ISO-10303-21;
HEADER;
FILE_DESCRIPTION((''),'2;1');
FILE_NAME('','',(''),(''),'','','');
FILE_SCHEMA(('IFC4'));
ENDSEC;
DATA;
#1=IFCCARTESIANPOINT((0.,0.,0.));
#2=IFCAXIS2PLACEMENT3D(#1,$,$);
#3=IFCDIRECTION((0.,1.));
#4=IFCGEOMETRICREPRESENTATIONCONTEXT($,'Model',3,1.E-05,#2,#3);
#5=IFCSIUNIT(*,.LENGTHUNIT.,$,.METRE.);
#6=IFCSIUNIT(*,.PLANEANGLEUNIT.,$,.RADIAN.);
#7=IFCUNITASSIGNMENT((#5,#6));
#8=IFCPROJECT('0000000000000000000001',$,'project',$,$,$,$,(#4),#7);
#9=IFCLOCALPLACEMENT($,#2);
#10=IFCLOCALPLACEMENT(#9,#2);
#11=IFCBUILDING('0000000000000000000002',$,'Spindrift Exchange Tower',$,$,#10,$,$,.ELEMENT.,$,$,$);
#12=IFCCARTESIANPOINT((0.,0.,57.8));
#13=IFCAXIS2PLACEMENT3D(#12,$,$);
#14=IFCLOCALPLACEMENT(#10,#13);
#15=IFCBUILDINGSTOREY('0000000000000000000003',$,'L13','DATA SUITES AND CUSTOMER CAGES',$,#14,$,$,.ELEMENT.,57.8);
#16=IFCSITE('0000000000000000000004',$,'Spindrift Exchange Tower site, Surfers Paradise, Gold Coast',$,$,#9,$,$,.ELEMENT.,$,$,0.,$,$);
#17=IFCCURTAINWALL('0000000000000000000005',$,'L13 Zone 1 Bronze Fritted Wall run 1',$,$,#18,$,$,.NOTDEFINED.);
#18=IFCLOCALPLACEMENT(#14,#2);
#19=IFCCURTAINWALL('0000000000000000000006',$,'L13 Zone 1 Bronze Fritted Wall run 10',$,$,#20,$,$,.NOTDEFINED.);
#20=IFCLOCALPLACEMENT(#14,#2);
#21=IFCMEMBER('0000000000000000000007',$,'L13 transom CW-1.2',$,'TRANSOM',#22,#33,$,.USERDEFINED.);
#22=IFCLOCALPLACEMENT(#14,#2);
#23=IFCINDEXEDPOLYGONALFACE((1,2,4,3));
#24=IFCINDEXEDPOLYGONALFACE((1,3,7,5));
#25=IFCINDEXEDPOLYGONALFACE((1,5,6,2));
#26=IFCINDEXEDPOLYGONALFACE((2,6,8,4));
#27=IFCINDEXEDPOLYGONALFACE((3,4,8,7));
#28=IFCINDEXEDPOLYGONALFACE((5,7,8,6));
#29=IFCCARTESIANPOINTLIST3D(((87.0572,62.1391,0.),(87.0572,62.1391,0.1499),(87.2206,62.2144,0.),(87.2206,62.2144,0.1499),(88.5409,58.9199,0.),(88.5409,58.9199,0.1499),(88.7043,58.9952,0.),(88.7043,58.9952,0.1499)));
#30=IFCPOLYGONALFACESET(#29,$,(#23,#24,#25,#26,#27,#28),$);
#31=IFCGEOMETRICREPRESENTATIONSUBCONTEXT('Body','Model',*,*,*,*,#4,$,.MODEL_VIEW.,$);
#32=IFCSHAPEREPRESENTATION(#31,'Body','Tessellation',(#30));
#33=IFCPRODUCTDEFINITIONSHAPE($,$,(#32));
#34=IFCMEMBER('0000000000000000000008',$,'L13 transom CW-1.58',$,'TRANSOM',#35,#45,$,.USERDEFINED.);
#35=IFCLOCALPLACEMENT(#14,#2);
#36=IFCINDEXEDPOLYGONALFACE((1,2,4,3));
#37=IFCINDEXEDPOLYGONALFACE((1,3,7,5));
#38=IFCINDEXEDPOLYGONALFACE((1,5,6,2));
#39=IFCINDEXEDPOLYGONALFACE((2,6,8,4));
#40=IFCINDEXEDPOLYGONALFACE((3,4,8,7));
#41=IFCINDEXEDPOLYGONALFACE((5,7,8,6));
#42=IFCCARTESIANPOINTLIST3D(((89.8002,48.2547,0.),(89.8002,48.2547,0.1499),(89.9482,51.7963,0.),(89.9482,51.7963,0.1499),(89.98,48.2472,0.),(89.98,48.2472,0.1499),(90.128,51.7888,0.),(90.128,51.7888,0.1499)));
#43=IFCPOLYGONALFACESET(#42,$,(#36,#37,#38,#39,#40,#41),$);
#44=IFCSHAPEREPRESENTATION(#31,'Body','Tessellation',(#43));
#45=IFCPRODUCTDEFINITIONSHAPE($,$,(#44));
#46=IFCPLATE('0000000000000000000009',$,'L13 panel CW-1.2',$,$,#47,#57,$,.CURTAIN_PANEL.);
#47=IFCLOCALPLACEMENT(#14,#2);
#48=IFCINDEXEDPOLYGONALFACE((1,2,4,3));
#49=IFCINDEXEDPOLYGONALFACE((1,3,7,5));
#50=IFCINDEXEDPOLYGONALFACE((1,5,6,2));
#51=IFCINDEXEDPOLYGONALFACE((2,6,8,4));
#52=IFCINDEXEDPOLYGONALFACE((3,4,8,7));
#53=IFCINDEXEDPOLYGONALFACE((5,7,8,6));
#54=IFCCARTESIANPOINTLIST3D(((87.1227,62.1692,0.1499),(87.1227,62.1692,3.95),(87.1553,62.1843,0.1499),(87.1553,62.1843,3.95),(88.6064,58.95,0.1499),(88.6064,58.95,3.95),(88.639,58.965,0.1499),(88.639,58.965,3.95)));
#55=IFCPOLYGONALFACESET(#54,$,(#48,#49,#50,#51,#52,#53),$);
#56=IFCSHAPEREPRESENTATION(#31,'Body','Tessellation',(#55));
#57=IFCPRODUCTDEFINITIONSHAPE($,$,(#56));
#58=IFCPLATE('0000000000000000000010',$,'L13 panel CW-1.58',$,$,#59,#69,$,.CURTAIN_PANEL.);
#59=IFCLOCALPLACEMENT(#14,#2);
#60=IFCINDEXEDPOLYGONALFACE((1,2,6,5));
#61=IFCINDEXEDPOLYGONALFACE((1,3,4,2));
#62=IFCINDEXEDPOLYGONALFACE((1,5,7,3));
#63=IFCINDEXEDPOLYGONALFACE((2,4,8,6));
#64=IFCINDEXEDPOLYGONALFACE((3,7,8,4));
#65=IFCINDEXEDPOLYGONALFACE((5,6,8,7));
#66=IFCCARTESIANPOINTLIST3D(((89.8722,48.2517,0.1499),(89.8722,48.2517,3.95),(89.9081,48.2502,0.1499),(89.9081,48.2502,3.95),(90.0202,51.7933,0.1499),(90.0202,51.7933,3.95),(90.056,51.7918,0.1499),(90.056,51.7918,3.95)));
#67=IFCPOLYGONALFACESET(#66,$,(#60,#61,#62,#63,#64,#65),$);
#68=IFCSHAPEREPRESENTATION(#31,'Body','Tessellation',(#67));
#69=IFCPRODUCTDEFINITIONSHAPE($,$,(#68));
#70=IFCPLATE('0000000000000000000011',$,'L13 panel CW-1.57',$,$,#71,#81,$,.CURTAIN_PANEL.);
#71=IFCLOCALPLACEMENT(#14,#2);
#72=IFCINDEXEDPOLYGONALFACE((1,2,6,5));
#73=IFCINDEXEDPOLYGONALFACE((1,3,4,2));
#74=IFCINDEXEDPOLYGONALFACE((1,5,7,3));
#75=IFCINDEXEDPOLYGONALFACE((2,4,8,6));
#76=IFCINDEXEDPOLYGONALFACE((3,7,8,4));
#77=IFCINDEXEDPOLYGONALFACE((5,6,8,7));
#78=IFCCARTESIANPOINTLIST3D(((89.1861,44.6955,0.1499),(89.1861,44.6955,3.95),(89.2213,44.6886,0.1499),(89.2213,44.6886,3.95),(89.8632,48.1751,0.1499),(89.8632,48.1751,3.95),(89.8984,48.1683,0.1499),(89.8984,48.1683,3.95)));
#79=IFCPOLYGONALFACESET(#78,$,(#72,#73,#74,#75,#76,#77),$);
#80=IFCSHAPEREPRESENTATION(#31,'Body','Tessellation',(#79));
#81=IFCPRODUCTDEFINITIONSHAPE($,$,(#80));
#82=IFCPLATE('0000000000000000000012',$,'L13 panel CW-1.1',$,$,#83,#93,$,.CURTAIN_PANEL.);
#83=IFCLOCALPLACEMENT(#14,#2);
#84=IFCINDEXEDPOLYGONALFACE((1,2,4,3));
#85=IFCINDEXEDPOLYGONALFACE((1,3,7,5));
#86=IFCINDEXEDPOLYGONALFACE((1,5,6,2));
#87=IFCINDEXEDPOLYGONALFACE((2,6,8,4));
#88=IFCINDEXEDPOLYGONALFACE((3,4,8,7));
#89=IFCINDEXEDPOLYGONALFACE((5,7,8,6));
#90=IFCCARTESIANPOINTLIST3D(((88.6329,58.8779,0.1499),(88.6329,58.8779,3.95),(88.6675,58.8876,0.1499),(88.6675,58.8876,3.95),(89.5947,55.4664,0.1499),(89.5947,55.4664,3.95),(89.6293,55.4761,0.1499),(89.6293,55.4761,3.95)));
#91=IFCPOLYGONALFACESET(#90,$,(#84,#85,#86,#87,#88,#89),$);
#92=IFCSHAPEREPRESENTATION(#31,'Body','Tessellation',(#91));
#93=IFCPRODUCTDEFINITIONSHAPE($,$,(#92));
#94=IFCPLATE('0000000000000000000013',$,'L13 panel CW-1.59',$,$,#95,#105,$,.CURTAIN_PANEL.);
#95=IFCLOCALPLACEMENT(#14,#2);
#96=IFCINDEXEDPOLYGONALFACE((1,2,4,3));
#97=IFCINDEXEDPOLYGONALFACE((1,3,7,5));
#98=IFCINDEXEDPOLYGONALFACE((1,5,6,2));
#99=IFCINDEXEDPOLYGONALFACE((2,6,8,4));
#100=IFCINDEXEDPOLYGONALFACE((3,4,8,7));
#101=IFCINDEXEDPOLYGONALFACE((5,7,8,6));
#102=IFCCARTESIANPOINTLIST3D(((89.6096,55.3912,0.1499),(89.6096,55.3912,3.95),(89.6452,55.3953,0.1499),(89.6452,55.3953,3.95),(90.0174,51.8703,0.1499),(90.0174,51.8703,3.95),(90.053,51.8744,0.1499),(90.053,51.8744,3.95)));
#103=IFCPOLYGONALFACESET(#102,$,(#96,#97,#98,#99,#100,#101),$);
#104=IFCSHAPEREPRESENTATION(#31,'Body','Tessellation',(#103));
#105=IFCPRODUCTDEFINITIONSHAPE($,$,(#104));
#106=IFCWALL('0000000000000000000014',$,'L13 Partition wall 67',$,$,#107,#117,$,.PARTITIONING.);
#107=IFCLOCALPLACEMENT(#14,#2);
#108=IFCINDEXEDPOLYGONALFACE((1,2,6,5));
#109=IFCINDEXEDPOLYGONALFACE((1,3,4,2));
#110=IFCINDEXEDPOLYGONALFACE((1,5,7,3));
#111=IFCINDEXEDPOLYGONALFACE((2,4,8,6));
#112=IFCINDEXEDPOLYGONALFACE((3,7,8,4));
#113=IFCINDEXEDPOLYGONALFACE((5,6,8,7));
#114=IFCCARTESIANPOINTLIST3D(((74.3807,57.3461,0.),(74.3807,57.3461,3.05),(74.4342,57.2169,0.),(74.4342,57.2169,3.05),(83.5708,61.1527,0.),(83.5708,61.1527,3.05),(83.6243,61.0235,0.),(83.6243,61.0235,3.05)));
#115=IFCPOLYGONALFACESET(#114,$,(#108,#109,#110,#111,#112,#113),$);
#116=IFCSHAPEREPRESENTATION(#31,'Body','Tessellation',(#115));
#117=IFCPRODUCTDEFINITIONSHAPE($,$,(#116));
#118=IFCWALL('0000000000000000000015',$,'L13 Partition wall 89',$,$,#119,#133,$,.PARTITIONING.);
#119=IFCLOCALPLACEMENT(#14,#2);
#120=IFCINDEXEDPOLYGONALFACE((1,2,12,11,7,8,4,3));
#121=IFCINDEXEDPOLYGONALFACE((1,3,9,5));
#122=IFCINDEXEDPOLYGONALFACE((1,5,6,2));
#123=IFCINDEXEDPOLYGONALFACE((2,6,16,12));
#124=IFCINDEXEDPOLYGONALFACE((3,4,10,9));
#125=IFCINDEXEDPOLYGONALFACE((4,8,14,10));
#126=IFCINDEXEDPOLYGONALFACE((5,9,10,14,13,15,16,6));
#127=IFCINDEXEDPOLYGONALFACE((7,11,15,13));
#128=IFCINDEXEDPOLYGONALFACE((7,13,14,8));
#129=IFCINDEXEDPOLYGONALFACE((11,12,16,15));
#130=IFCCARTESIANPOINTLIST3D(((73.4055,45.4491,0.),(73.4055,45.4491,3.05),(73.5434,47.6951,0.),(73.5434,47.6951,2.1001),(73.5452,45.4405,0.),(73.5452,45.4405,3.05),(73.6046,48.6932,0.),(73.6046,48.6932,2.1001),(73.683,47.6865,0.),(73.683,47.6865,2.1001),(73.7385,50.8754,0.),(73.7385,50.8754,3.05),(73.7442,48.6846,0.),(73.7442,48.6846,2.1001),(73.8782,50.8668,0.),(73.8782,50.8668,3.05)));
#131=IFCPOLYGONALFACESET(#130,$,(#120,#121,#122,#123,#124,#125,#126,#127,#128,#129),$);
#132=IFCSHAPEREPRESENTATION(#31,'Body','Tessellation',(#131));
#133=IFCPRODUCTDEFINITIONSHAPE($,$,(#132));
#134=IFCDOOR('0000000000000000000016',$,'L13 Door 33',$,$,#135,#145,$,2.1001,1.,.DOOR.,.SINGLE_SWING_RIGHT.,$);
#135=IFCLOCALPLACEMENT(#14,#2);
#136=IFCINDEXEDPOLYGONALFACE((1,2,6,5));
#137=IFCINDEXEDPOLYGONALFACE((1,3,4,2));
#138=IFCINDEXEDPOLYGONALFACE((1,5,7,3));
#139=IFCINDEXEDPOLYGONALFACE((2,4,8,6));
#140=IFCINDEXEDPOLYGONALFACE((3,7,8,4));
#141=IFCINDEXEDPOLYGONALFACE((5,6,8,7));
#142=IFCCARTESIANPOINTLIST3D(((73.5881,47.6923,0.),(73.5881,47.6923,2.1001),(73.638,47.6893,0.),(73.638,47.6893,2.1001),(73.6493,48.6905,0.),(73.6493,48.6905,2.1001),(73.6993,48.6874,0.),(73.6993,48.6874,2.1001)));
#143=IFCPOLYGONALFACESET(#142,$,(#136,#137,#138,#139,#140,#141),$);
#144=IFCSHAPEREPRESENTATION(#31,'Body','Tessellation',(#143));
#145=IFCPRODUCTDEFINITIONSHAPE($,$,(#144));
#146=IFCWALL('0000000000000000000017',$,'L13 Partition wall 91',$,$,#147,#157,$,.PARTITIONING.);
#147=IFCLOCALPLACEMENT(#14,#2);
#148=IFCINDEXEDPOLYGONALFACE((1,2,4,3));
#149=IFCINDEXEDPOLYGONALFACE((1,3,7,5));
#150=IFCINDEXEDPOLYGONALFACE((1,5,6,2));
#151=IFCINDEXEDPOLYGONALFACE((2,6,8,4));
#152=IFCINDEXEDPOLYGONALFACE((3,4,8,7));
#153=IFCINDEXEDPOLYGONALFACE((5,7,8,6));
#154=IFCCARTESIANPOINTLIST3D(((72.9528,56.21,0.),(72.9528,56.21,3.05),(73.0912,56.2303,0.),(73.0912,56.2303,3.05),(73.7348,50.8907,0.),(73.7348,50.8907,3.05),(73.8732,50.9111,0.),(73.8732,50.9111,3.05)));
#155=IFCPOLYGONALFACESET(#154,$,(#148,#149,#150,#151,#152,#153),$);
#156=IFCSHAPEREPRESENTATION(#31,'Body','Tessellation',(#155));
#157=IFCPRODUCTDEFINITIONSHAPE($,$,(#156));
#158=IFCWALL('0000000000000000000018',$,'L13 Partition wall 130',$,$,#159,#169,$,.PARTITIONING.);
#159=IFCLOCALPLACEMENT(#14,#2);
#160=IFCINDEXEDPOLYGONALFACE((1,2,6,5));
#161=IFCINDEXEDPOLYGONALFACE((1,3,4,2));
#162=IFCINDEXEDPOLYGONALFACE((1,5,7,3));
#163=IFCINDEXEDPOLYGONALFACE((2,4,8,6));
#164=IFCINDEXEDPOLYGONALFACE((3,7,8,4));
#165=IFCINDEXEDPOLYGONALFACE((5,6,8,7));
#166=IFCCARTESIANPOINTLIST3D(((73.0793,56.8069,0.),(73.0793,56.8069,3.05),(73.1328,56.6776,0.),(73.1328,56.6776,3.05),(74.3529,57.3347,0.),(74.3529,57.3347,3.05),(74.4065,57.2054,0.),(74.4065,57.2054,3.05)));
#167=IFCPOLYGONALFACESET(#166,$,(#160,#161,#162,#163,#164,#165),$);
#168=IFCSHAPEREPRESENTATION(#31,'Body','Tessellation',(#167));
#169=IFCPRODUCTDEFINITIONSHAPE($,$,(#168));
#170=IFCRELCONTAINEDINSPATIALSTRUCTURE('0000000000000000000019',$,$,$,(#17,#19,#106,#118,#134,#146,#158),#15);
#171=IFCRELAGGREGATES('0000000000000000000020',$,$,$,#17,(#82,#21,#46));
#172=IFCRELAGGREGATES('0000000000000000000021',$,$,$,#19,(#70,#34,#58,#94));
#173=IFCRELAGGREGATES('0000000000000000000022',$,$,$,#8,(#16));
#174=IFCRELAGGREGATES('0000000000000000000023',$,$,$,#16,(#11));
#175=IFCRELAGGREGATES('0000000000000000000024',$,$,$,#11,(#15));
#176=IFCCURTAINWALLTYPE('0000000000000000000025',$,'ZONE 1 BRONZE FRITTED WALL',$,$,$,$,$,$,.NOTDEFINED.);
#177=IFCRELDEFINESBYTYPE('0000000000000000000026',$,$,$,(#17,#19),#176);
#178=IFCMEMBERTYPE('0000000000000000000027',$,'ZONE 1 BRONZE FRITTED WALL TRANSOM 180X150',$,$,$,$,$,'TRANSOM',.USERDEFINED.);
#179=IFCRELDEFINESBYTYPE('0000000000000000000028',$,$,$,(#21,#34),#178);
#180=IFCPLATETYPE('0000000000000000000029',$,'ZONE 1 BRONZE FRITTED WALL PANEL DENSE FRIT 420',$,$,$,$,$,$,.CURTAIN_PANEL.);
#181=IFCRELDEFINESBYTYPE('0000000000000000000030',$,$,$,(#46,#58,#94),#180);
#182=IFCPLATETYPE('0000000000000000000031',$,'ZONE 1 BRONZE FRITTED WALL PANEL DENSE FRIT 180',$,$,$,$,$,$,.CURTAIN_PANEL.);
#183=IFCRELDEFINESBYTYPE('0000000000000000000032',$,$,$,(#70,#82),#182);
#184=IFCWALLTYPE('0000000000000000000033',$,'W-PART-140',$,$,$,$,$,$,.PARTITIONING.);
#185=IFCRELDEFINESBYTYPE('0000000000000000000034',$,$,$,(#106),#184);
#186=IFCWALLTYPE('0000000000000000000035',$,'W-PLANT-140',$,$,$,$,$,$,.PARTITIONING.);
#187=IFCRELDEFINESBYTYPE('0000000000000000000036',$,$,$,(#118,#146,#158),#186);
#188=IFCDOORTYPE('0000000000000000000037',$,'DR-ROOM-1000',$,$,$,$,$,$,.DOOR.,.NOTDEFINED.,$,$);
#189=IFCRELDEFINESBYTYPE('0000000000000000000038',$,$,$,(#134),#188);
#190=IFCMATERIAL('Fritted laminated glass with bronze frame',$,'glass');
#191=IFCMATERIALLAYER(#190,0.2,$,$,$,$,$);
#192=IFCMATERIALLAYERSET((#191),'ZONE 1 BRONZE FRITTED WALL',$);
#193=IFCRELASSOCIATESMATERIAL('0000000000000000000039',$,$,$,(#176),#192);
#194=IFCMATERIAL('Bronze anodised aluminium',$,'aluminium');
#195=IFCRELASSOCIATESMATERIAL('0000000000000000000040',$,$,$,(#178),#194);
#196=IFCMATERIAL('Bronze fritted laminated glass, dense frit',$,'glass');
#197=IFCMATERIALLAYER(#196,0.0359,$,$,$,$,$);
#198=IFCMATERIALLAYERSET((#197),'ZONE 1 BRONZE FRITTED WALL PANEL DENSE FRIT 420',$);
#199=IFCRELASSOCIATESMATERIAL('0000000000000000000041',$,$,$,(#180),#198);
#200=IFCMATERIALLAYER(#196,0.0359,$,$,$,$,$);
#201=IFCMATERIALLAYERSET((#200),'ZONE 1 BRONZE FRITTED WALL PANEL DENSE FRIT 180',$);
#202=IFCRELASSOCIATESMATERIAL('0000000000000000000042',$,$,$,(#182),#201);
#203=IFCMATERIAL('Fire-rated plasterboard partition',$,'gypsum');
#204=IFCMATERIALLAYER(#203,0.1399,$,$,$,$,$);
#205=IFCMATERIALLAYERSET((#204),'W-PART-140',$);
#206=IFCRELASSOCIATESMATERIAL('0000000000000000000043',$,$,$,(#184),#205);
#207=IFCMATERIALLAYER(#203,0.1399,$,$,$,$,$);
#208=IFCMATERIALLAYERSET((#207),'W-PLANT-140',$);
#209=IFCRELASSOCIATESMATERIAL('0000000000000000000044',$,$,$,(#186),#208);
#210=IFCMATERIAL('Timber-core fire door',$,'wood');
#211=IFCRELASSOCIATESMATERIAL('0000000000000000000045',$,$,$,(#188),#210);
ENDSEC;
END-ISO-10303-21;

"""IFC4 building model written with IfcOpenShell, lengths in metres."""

from ifc_helpers import new_model, si_unit, direction, frame, frame_2d, origin, origin_2d, place, context, subcontext, project, spatial, rectangle, extrude, source, transform, mapped, material, layer, layer_set, material_profile, profile_set, type_object, element, fill, aggregate, save


model = new_model("IFC4")

# Units and contexts
model_context = context("Model", 3, precision=1e-05, world=origin(), true_north=direction((0.0, 1.0)))
body_context = subcontext(model_context, "Body", "Model", "MODEL_VIEW")
ifc_project = project(units=[si_unit("LENGTHUNIT", "METRE"), si_unit("PLANEANGLEUNIT", "RADIAN")], contexts=[model_context])

# Site, building, storey
site_placement = place(None, origin())
site = spatial("IfcSite", under=ifc_project, at=site_placement, Name="Spindrift Exchange Tower site, Surfers Paradise, Gold Coast", CompositionType="ELEMENT", RefElevation=0.0)
building_placement = place(site_placement, origin())
building = spatial("IfcBuilding", under=site, at=building_placement, Name="Spindrift Exchange Tower", CompositionType="ELEMENT")
storey_placement = place(building_placement, frame((0.0, 0.0, 57.8)))
storey = spatial("IfcBuildingStorey", under=building, at=storey_placement, Name="L13", Description="DATA SUITES AND CUSTOMER CAGES", CompositionType="ELEMENT", Elevation=57.8)

# Curtain walls
ifc_material_1 = material(Name="Fritted laminated glass with bronze frame", Category="glass")
ifc_layer_1 = layer(ifc_material_1, 0.2)
ifc_layer_set_1 = layer_set([ifc_layer_1], Name="ZONE 1 BRONZE FRITTED WALL")
curtain_wall_type = type_object("IfcCurtainWallType", Name="ZONE 1 BRONZE FRITTED WALL", PredefinedType="NOTDEFINED", material=ifc_layer_set_1)
curtain_wall_1_placement = place(storey_placement, origin())
curtain_wall_1 = element("IfcCurtainWall", 1, at=curtain_wall_1_placement, inside=storey, type_object=curtain_wall_type, Name="L13 Zone 1 Bronze Fritted Wall run 1", PredefinedType="NOTDEFINED")
ifc_material_2 = material(Name="Bronze anodised aluminium", Category="aluminium")
curtain_wall_2_placement = place(storey_placement, origin())
curtain_wall_2 = element("IfcCurtainWall", 2, at=curtain_wall_2_placement, inside=storey, type_object=curtain_wall_type, Name="L13 Zone 1 Bronze Fritted Wall run 10", PredefinedType="NOTDEFINED")

# Members
ifc_material_profile_1 = material_profile(ifc_material_2, rectangle(XDim=0.1799, YDim=0.1499, at=origin_2d()), Name="ZONE 1 BRONZE FRITTED WALL TRANSOM 180X150")
ifc_profile_set_1 = profile_set([ifc_material_profile_1], Name="Bronze anodised aluminium")
member_type_1 = type_object("IfcMemberType", Name="ZONE 1 BRONZE FRITTED WALL TRANSOM 180X150", ElementType="TRANSOM", PredefinedType="USERDEFINED", material=ifc_profile_set_1)
shared_shape_1 = source(origin(), body_context, "Body", "SweptSolid", [
    extrude(rectangle(XDim=0.1799, YDim=0.1499, at=origin_2d()), origin(), (0.0, 0.0, 1.0), 3.5447),
])
member_1_placement = place(storey_placement, frame((88.6226, 58.9575, 0.075), z_axis=(-0.418556, 0.908191, 0.0), x_axis=(-0.908191, -0.418556, 0.0)))
member_1 = element("IfcMember", 3, at=member_1_placement, type_object=member_type_1, Name="L13 transom CW-1.2", ObjectType="TRANSOM", PredefinedType="USERDEFINED", context=body_context, shape_type="MappedRepresentation", body=[
    mapped(shared_shape_1, transform((0.0, 0.0, 0.0), scale=1.0)),
])
member_2_placement = place(storey_placement, frame((89.8901, 48.251, 0.075), z_axis=(0.041739, 0.999129, 0.0), x_axis=(-0.999129, 0.041739, 0.0)))
member_2 = element("IfcMember", 4, at=member_2_placement, type_object=member_type_1, Name="L13 transom CW-1.58", ObjectType="TRANSOM", PredefinedType="USERDEFINED", context=body_context, shape_type="MappedRepresentation", body=[
    mapped(shared_shape_1, transform((0.0, 0.0, 0.0), scale=1.0)),
])

# Plates
ifc_material_3 = material(Name="Bronze fritted laminated glass, dense frit", Category="glass")
ifc_layer_2 = layer(ifc_material_3, 0.0359)
ifc_layer_set_2 = layer_set([ifc_layer_2], Name="ZONE 1 BRONZE FRITTED WALL PANEL DENSE FRIT 420")
plate_type_1 = type_object("IfcPlateType", Name="ZONE 1 BRONZE FRITTED WALL PANEL DENSE FRIT 420", PredefinedType="CURTAIN_PANEL", material=ifc_layer_set_2)
shared_shape_2 = source(origin(), body_context, "Body", "SweptSolid", [
    extrude(rectangle(XDim=3.5447, YDim=0.0359, at=origin_2d()), origin(), (0.0, 0.0, 1.0), 3.8),
])
plate_1_placement = place(storey_placement, frame((87.8809, 60.5671, 0.1499), z_axis=(0.0, 0.0, 1.0), x_axis=(-0.41856, 0.908189, 0.0)))
plate_1 = element("IfcPlate", 5, at=plate_1_placement, type_object=plate_type_1, Name="L13 panel CW-1.2", PredefinedType="CURTAIN_PANEL", context=body_context, shape_type="MappedRepresentation", body=[
    mapped(shared_shape_2, transform((0.0, 0.0, 0.0), scale=1.0)),
])
plate_2_placement = place(storey_placement, frame((89.9641, 50.0217, 0.1499), z_axis=(0.0, 0.0, 1.0), x_axis=(0.041743, 0.999128, 0.0)))
plate_2 = element("IfcPlate", 6, at=plate_2_placement, type_object=plate_type_1, Name="L13 panel CW-1.58", PredefinedType="CURTAIN_PANEL", context=body_context, shape_type="MappedRepresentation", body=[
    mapped(shared_shape_2, transform((0.0, 0.0, 0.0), scale=1.0)),
])
ifc_layer_3 = layer(ifc_material_3, 0.0359)
ifc_layer_set_3 = layer_set([ifc_layer_3], Name="ZONE 1 BRONZE FRITTED WALL PANEL DENSE FRIT 180")
plate_type_2 = type_object("IfcPlateType", Name="ZONE 1 BRONZE FRITTED WALL PANEL DENSE FRIT 180", PredefinedType="CURTAIN_PANEL", material=ifc_layer_set_3)
shared_shape_3 = source(origin(), body_context, "Body", "SweptSolid", [
    extrude(rectangle(XDim=3.5449, YDim=0.0359, at=origin_2d()), origin(), (0.0, 0.0, 1.0), 3.8),
])
plate_3_placement = place(storey_placement, frame((89.5422, 46.4319, 0.1499), z_axis=(0.0, 0.0, 1.0), x_axis=(0.191009, 0.981588, 0.0)))
plate_3 = element("IfcPlate", 7, at=plate_3_placement, type_object=plate_type_2, Name="L13 panel CW-1.57", PredefinedType="CURTAIN_PANEL", context=body_context, shape_type="MappedRepresentation", body=[
    mapped(shared_shape_3, transform((0.0, 0.0, 0.0), scale=1.0)),
])
shared_shape_4 = source(origin(), body_context, "Body", "SweptSolid", [
    extrude(rectangle(XDim=3.5444, YDim=0.0359, at=origin_2d()), origin(), (0.0, 0.0, 1.0), 3.8),
])
plate_4_placement = place(storey_placement, frame((89.1311, 57.177, 0.1499), z_axis=(0.0, 0.0, 1.0), x_axis=(-0.271356, 0.962479, 0.0)))
plate_4 = element("IfcPlate", 8, at=plate_4_placement, type_object=plate_type_2, Name="L13 panel CW-1.1", PredefinedType="CURTAIN_PANEL", context=body_context, shape_type="MappedRepresentation", body=[
    mapped(shared_shape_4, transform((0.0, 0.0, 0.0), scale=1.0)),
])
aggregate(curtain_wall_1, [plate_4, member_1, plate_1])
shared_shape_5 = source(origin(), body_context, "Body", "SweptSolid", [
    extrude(rectangle(XDim=3.5444, YDim=0.0359, at=origin_2d()), origin(), (0.0, 0.0, 1.0), 3.8),
])
plate_5_placement = place(storey_placement, frame((89.8313, 53.6328, 0.1499), z_axis=(0.0, 0.0, 1.0), x_axis=(-0.115052, 0.99336, 0.0)))
plate_5 = element("IfcPlate", 9, at=plate_5_placement, type_object=plate_type_1, Name="L13 panel CW-1.59", PredefinedType="CURTAIN_PANEL", context=body_context, shape_type="MappedRepresentation", body=[
    mapped(shared_shape_5, transform((0.0, 0.0, 0.0), scale=1.0)),
])
aggregate(curtain_wall_2, [plate_3, member_2, plate_2, plate_5])

# Wall
ifc_material_4 = material(Name="Fire-rated plasterboard partition", Category="gypsum")
ifc_layer_4 = layer(ifc_material_4, 0.1399)
ifc_layer_set_4 = layer_set([ifc_layer_4], Name="W-PART-140")
wall_type_1 = type_object("IfcWallType", Name="W-PART-140", PredefinedType="PARTITIONING", material=ifc_layer_set_4)
wall_1_placement = place(storey_placement, frame((74.4075, 57.2815, 0.0), z_axis=(0.0, 0.0, 1.0), x_axis=(0.923882, 0.382678, 0.0)))
element("IfcWall", 10, at=wall_1_placement, inside=storey, type_object=wall_type_1, Name="L13 Partition wall 67", PredefinedType="PARTITIONING", context=body_context, shape_type="SweptSolid", body=[
    extrude(rectangle(XDim=9.9473, YDim=0.1399, at=frame_2d((4.9736, 0.0))), origin(), (0.0, 0.0, 1.0), 3.05),
])

# Wall, opening, door
ifc_layer_5 = layer(ifc_material_4, 0.1399)
ifc_layer_set_5 = layer_set([ifc_layer_5], Name="W-PLANT-140")
wall_type_2 = type_object("IfcWallType", Name="W-PLANT-140", PredefinedType="PARTITIONING", material=ifc_layer_set_5)
wall_2_placement = place(storey_placement, frame((73.8083, 50.8711, 0.0), z_axis=(0.0, 0.0, 1.0), x_axis=(-0.061254, -0.998122, 0.0)))
wall_2 = element("IfcWall", 11, at=wall_2_placement, inside=storey, type_object=wall_type_2, Name="L13 Partition wall 89", PredefinedType="PARTITIONING", context=body_context, shape_type="SweptSolid", body=[
    extrude(rectangle(XDim=5.4365, YDim=0.1399, at=frame_2d((2.7183, 0.0))), origin(), (0.0, 0.0, 1.0), 3.05),
])
opening_placement = place(wall_2_placement, frame((2.1863, 0.0, 0.0)))
opening = element("IfcOpeningElement", 12, at=opening_placement, cuts=wall_2, PredefinedType="OPENING", context=body_context, shape_type="SweptSolid", body=[
    extrude(rectangle(XDim=1.0, YDim=2.1001, at=frame_2d((0.5, 1.05))), frame((0.0, 0.0798, 0.0), z_axis=(0.0, -1.0, 0.0), x_axis=(1.0, 0.0, 0.0)), (0.0, 0.0, 1.0), 0.1599),
])
ifc_material_5 = material(Name="Timber-core fire door", Category="wood")
door_type = type_object("IfcDoorType", Name="DR-ROOM-1000", OperationType="NOTDEFINED", PredefinedType="DOOR", material=ifc_material_5)
shared_shape_6 = source(origin(), body_context, "Body", "SweptSolid", [
    extrude(rectangle(XDim=1.0, YDim=2.1001, at=frame_2d((0.5, 1.05))), frame((0.0, 0.0249, 0.0), z_axis=(0.0, -1.0, 0.0), x_axis=(1.0, 0.0, 0.0)), (0.0, 0.0, 1.0), 0.05),
])
door_placement = place(opening_placement, origin())
door = element("IfcDoor", 13, at=door_placement, inside=storey, type_object=door_type, Name="L13 Door 33", OperationType="SINGLE_SWING_RIGHT", OverallHeight=2.1001, OverallWidth=1.0, PredefinedType="DOOR", context=body_context, shape_type="MappedRepresentation", body=[
    mapped(shared_shape_6, transform((0.0, 0.0, 0.0), scale=1.0)),
])
fill(opening, door)

# Walls
wall_3_placement = place(storey_placement, frame((73.804, 50.9009, 0.0), z_axis=(0.0, 0.0, 1.0), x_axis=(-0.145444, 0.989366, 0.0)))
element("IfcWall", 14, at=wall_3_placement, inside=storey, type_object=wall_type_2, Name="L13 Partition wall 91", PredefinedType="PARTITIONING", context=body_context, shape_type="SweptSolid", body=[
    extrude(rectangle(XDim=5.3765, YDim=0.1399, at=frame_2d((2.6882, 0.0))), origin(), (0.0, 0.0, 1.0), 3.05),
])
wall_4_placement = place(storey_placement, frame((73.106, 56.7422, 0.0), z_axis=(0.0, 0.0, 1.0), x_axis=(0.923814, 0.382842, 0.0)))
element("IfcWall", 15, at=wall_4_placement, inside=storey, type_object=wall_type_2, Name="L13 Partition wall 130", PredefinedType="PARTITIONING", context=body_context, shape_type="SweptSolid", body=[
    extrude(rectangle(XDim=1.3787, YDim=0.1399, at=frame_2d((0.6895, 0.0))), origin(), (0.0, 0.0, 1.0), 3.05),
])

save(model, "model.ifc")
